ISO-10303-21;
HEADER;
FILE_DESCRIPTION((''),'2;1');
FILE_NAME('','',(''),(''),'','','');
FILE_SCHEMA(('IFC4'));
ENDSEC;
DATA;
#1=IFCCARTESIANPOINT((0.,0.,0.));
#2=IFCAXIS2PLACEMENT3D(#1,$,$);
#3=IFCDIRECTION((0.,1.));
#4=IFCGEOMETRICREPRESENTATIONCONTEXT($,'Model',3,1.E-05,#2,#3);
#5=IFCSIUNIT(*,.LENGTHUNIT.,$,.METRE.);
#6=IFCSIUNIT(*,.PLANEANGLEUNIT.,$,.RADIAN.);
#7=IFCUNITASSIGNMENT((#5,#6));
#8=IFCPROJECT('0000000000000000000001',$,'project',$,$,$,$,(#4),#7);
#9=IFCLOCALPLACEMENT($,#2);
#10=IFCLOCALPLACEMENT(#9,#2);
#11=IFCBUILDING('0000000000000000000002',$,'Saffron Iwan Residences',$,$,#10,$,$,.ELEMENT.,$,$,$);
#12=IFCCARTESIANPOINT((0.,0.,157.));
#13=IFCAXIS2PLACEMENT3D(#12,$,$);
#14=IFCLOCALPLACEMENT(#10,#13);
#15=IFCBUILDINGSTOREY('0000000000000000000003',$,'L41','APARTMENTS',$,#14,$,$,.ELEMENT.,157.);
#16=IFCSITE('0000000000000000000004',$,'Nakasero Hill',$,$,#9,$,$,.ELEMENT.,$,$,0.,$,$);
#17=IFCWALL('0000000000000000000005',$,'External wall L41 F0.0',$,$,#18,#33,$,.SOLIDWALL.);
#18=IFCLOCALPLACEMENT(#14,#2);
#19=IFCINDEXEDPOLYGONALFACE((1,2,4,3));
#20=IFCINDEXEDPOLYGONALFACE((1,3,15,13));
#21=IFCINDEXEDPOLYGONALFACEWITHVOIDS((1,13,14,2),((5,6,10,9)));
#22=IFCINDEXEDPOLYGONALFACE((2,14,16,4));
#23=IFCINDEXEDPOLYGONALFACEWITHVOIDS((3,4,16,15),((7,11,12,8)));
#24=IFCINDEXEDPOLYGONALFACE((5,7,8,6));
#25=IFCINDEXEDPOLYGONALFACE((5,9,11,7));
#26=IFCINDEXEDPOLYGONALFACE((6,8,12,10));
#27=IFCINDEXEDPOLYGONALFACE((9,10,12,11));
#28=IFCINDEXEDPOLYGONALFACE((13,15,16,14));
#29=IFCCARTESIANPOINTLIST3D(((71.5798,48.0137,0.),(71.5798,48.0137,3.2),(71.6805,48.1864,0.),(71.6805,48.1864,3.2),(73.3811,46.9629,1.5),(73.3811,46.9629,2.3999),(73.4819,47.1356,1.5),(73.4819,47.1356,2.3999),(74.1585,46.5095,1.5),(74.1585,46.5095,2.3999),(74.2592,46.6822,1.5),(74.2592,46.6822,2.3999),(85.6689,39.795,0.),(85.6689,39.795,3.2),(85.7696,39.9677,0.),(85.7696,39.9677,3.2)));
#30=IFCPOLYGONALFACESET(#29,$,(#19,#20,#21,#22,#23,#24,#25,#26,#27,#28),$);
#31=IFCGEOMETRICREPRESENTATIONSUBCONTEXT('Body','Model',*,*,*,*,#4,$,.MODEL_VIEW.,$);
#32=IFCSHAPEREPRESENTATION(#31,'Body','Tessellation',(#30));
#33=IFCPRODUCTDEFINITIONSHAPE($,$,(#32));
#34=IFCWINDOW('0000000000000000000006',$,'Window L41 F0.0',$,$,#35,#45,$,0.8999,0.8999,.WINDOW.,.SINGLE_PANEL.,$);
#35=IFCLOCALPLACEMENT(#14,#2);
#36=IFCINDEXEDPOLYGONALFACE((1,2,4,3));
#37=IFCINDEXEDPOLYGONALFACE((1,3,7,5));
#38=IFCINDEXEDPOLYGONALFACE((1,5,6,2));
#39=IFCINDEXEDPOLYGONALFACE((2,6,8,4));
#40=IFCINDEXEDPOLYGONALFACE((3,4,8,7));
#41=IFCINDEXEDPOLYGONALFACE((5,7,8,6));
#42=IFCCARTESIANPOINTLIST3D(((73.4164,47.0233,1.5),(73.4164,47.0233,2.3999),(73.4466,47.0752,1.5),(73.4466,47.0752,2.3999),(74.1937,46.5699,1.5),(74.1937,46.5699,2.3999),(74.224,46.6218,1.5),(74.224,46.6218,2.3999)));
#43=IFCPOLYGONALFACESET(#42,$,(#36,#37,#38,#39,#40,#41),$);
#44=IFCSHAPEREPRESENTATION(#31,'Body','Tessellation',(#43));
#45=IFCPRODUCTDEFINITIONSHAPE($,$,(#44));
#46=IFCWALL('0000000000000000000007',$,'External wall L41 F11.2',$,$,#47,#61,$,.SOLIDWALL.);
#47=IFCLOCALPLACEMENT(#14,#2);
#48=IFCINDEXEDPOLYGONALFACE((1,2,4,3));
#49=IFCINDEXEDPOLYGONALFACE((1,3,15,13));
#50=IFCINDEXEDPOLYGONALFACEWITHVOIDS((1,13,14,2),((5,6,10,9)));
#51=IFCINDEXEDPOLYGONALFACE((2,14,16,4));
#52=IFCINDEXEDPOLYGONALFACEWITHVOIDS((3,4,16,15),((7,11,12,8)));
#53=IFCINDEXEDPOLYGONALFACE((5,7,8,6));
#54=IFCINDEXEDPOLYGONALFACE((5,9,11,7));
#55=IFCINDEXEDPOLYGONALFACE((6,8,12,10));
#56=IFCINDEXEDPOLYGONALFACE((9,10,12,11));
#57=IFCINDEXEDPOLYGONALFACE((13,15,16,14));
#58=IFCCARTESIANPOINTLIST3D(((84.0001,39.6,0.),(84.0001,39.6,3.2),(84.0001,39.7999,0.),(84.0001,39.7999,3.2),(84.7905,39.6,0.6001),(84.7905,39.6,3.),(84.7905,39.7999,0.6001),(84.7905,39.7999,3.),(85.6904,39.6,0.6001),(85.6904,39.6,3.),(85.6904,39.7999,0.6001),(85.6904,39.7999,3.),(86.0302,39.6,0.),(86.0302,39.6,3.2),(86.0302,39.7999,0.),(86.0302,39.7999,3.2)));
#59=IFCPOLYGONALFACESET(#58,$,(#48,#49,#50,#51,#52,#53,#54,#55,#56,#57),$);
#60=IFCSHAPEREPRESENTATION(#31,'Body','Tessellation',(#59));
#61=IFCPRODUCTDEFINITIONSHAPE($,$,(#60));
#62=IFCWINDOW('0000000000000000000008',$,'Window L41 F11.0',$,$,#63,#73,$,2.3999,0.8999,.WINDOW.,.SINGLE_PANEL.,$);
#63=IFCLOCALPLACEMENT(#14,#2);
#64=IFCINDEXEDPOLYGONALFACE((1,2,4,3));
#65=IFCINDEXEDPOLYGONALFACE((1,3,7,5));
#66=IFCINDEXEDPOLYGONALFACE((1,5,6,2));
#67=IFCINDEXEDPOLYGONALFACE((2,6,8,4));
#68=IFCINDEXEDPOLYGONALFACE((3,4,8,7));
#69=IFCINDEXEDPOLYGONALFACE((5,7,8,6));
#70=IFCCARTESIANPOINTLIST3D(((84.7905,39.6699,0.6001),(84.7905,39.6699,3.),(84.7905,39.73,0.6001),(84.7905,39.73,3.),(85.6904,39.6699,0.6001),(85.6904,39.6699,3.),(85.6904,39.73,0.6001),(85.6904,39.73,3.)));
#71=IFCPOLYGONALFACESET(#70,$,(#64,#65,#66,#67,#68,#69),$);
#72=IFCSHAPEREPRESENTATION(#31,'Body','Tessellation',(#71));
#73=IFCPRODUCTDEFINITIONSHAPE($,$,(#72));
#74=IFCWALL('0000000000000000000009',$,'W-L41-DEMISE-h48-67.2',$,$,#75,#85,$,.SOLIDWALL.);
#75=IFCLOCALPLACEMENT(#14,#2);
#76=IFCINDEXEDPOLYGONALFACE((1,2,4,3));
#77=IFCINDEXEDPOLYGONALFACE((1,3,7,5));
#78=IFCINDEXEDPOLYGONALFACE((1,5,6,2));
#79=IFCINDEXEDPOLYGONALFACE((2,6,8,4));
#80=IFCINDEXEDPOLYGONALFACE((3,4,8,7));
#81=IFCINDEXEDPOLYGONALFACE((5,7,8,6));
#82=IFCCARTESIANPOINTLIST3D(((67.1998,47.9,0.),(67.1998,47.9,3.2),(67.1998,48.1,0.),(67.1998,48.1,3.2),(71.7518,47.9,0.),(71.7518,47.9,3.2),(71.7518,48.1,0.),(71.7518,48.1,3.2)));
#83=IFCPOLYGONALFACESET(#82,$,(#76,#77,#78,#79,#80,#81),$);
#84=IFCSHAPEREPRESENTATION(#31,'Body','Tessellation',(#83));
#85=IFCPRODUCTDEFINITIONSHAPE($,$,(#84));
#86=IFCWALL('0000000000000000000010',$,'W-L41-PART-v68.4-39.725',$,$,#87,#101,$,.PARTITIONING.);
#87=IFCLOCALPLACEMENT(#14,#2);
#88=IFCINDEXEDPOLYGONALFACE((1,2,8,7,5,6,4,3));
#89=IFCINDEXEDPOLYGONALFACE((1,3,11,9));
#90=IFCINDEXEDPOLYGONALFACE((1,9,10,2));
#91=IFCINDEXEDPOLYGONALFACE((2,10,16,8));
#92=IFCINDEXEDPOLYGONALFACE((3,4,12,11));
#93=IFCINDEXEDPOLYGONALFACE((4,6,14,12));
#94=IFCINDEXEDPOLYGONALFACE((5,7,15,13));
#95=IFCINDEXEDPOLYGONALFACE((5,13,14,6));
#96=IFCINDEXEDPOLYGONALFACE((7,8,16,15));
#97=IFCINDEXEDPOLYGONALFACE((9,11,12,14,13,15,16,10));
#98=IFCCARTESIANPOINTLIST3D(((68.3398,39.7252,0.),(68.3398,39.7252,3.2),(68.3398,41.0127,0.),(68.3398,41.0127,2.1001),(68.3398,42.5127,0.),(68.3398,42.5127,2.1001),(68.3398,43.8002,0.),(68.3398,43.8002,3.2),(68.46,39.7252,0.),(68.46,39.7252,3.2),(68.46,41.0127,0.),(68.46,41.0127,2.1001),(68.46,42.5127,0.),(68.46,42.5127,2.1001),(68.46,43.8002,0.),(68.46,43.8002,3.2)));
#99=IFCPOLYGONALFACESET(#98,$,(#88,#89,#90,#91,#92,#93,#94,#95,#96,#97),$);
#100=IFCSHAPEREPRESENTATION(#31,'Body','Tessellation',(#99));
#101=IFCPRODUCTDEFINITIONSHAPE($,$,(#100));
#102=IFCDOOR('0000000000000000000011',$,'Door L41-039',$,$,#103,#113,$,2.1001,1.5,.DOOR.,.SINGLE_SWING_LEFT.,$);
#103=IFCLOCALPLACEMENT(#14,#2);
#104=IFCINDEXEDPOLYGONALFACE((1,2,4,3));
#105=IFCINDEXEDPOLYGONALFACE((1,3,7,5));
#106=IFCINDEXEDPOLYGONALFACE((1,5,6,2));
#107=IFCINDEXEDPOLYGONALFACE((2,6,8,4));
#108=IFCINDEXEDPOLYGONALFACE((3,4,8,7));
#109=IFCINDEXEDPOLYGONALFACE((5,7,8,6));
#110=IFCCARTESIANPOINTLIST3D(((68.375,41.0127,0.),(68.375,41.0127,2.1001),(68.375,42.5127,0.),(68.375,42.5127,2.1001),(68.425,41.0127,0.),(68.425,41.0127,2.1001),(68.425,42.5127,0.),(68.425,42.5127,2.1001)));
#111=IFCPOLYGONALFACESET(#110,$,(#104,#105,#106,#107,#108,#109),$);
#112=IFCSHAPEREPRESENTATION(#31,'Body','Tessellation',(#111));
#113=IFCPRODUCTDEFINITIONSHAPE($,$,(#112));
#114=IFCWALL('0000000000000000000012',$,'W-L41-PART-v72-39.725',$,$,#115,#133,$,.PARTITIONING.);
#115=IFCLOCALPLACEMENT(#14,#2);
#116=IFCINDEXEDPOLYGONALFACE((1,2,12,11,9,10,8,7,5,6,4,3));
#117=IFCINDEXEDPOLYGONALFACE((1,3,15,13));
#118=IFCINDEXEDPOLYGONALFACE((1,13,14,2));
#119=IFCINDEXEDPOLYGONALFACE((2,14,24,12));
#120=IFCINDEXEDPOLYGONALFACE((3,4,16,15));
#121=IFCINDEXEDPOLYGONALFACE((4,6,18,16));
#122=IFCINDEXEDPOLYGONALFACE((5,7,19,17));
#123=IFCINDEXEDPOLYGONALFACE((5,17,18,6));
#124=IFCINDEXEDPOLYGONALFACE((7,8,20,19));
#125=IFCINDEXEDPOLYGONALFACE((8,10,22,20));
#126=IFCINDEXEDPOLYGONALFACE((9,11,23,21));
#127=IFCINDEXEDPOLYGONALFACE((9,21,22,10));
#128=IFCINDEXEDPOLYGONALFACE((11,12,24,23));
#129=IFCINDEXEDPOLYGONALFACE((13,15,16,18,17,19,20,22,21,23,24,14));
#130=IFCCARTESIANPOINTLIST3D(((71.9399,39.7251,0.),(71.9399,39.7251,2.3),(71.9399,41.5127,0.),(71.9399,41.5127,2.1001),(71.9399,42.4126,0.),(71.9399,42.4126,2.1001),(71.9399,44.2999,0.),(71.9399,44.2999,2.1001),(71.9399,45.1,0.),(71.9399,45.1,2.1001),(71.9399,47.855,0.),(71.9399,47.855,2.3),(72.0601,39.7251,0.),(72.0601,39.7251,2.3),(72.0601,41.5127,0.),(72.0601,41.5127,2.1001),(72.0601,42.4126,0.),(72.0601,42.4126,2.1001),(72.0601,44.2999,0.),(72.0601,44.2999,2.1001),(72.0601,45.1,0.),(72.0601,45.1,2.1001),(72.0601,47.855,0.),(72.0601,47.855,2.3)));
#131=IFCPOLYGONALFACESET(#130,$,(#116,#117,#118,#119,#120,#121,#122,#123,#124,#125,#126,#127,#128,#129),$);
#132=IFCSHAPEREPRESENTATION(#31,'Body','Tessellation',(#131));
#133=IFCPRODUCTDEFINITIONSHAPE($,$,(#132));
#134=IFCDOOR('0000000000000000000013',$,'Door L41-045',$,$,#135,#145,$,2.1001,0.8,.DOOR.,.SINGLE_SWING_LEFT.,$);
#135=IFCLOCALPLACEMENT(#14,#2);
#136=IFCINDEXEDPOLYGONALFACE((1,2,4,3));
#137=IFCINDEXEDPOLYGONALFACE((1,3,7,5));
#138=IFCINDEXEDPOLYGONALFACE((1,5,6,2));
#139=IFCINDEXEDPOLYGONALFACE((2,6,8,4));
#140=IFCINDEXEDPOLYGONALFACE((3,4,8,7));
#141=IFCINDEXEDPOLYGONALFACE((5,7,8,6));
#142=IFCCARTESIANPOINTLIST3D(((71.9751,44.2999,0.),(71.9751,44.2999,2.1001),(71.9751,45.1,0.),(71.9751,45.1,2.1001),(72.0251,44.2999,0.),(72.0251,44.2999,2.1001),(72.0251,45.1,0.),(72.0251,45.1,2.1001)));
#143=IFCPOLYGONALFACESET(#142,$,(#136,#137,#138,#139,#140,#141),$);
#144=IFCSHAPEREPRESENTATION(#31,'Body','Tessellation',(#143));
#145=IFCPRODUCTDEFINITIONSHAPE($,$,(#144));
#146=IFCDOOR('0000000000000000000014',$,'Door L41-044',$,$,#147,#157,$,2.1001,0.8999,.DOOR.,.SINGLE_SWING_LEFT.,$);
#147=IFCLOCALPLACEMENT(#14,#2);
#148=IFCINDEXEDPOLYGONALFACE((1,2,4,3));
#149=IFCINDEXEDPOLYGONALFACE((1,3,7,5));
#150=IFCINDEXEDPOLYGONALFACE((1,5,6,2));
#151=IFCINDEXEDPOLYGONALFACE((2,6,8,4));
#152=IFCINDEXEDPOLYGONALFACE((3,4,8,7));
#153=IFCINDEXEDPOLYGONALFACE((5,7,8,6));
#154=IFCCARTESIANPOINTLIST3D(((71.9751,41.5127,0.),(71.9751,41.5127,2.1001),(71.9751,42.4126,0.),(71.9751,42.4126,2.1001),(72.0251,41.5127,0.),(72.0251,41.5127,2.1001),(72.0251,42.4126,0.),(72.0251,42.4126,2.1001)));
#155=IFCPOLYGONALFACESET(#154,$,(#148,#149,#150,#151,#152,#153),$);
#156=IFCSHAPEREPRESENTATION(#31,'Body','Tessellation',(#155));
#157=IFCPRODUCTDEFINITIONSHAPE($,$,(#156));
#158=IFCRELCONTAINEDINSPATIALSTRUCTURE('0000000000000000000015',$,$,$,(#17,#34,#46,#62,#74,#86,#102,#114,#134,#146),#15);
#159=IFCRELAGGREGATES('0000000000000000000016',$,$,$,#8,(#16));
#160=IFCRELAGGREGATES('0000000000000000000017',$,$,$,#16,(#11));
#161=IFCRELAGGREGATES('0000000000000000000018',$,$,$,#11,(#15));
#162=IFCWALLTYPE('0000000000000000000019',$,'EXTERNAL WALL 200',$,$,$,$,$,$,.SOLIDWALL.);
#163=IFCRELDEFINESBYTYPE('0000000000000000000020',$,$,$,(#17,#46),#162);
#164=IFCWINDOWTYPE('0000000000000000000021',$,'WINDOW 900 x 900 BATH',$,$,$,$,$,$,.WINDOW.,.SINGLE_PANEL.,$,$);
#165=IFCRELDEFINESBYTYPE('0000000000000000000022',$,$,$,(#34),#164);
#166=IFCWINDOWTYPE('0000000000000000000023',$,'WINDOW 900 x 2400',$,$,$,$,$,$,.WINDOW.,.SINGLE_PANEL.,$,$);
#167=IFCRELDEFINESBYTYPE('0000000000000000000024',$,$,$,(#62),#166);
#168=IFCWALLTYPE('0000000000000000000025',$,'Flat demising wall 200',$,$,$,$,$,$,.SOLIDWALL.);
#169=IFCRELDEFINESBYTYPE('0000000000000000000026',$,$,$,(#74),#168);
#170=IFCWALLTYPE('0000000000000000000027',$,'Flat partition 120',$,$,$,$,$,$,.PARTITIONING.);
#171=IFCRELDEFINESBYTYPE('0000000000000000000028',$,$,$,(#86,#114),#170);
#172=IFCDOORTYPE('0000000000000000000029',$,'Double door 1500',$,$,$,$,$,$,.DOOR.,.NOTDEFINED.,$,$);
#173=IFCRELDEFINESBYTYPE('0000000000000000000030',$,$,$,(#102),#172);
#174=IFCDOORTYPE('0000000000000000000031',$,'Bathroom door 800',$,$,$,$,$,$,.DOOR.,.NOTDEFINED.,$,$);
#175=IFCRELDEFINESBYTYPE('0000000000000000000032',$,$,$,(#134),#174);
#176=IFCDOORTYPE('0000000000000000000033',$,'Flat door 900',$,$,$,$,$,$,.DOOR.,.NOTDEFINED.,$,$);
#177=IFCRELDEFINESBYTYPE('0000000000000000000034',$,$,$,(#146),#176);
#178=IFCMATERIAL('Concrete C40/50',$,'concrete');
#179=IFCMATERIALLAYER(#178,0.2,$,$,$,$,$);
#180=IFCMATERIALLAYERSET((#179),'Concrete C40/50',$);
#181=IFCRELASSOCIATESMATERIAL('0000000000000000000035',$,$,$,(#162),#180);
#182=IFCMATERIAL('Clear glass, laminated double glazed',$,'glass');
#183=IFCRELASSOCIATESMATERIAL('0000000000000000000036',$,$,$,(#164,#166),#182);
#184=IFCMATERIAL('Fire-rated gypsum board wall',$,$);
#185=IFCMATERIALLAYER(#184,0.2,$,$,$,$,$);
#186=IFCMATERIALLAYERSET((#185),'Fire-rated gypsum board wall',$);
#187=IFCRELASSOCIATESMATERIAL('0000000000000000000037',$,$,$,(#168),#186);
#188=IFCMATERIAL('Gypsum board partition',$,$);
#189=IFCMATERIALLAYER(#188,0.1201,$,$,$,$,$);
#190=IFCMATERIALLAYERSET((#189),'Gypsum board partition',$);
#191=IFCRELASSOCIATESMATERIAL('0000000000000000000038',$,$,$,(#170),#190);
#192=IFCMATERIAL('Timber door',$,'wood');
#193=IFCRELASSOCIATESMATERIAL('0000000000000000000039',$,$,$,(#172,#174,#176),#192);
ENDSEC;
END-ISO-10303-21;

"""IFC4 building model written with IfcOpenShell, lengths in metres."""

from ifc_helpers import new_model, si_unit, direction, frame, frame_2d, origin, place, context, subcontext, project, spatial, rectangle, extrude, material, layer, layer_set, type_object, element, fill, save


model = new_model("IFC4")

# Units and contexts
model_context = context("Model", 3, precision=1e-05, world=origin(), true_north=direction((0.0, 1.0)))
body_context = subcontext(model_context, "Body", "Model", "MODEL_VIEW")
ifc_project = project(units=[si_unit("LENGTHUNIT", "METRE"), si_unit("PLANEANGLEUNIT", "RADIAN")], contexts=[model_context])

# Site, building, storey
site_placement = place(None, origin())
site = spatial("IfcSite", under=ifc_project, at=site_placement, Name="Nakasero Hill", CompositionType="ELEMENT", RefElevation=0.0)
building_placement = place(site_placement, origin())
building = spatial("IfcBuilding", under=site, at=building_placement, Name="Saffron Iwan Residences", CompositionType="ELEMENT")
storey_placement = place(building_placement, frame((0.0, 0.0, 157.0)))
storey = spatial("IfcBuildingStorey", under=building, at=storey_placement, Name="L41", Description="APARTMENTS", CompositionType="ELEMENT", Elevation=157.0)

# Walls, openings, windows
ifc_material_1 = material(Name="Concrete C40/50", Category="concrete")
ifc_layer_1 = layer(ifc_material_1, 0.2)
ifc_layer_set_1 = layer_set([ifc_layer_1], Name="Concrete C40/50")
wall_type_1 = type_object("IfcWallType", Name="EXTERNAL WALL 200", PredefinedType="SOLIDWALL", material=ifc_layer_set_1)
wall_1_placement = place(storey_placement, frame((85.7192, 39.8813, 0.0), z_axis=(0.0, 0.0, 1.0), x_axis=(-0.863776, 0.503876, 0.0)))
wall_1 = element("IfcWall", 1, at=wall_1_placement, inside=storey, type_object=wall_type_1, Name="External wall L41 F0.0", PredefinedType="SOLIDWALL", context=body_context, shape_type="SweptSolid", body=[
    extrude(rectangle(XDim=16.311, YDim=0.2, at=frame_2d((8.1555, 0.0))), origin(), (0.0, 0.0, 1.0), 3.2),
])
opening_1_placement = place(wall_1_placement, frame((13.3257, 0.0, 1.5)))
opening_1 = element("IfcOpeningElement", 2, at=opening_1_placement, cuts=wall_1, PredefinedType="OPENING", context=body_context, shape_type="SweptSolid", body=[
    extrude(rectangle(XDim=0.8999, YDim=0.8999, at=frame_2d((0.45, 0.45))), frame((0.0, 0.1099, 0.0), z_axis=(0.0, -1.0, 0.0), x_axis=(1.0, 0.0, 0.0)), (0.0, 0.0, 1.0), 0.22),
])
ifc_material_2 = material(Name="Clear glass, laminated double glazed", Category="glass")
window_type_1 = type_object("IfcWindowType", Name="WINDOW 900 x 900 BATH", PartitioningType="SINGLE_PANEL", PredefinedType="WINDOW", material=ifc_material_2)
window_1_placement = place(opening_1_placement, origin())
window_1 = element("IfcWindow", 3, at=window_1_placement, inside=storey, type_object=window_type_1, Name="Window L41 F0.0", OverallHeight=0.8999, OverallWidth=0.8999, PartitioningType="SINGLE_PANEL", PredefinedType="WINDOW", context=body_context, shape_type="SweptSolid", body=[
    extrude(rectangle(XDim=0.8999, YDim=0.8999, at=frame_2d((0.45, 0.45))), frame((0.0, 0.03, 0.0), z_axis=(0.0, -1.0, 0.0), x_axis=(1.0, 0.0, 0.0)), (0.0, 0.0, 1.0), 0.0601),
])
fill(opening_1, window_1)
wall_2_placement = place(storey_placement, frame((84.0, 39.7, 0.0), z_axis=(0.0, 0.0, 1.0), x_axis=(1.0, 0.0, 0.0)))
wall_2 = element("IfcWall", 4, at=wall_2_placement, inside=storey, type_object=wall_type_1, Name="External wall L41 F11.2", PredefinedType="SOLIDWALL", context=body_context, shape_type="SweptSolid", body=[
    extrude(rectangle(XDim=2.03, YDim=0.2, at=frame_2d((1.0151, 0.0))), origin(), (0.0, 0.0, 1.0), 3.2),
])
opening_2_placement = place(wall_2_placement, frame((0.7905, 0.0, 0.6001)))
opening_2 = element("IfcOpeningElement", 5, at=opening_2_placement, cuts=wall_2, PredefinedType="OPENING", context=body_context, shape_type="SweptSolid", body=[
    extrude(rectangle(XDim=0.8999, YDim=2.3999, at=frame_2d((0.45, 1.2))), frame((0.0, 0.1099, 0.0), z_axis=(0.0, -1.0, 0.0), x_axis=(1.0, 0.0, 0.0)), (0.0, 0.0, 1.0), 0.22),
])
window_type_2 = type_object("IfcWindowType", Name="WINDOW 900 x 2400", PartitioningType="SINGLE_PANEL", PredefinedType="WINDOW", material=ifc_material_2)
window_2_placement = place(opening_2_placement, origin())
window_2 = element("IfcWindow", 6, at=window_2_placement, inside=storey, type_object=window_type_2, Name="Window L41 F11.0", OverallHeight=2.3999, OverallWidth=0.8999, PartitioningType="SINGLE_PANEL", PredefinedType="WINDOW", context=body_context, shape_type="SweptSolid", body=[
    extrude(rectangle(XDim=0.8999, YDim=2.3999, at=frame_2d((0.45, 1.2))), frame((0.0, 0.03, 0.0), z_axis=(0.0, -1.0, 0.0), x_axis=(1.0, 0.0, 0.0)), (0.0, 0.0, 1.0), 0.0601),
])
fill(opening_2, window_2)

# Wall
ifc_material_3 = material(Name="Fire-rated gypsum board wall")
ifc_layer_2 = layer(ifc_material_3, 0.2)
ifc_layer_set_2 = layer_set([ifc_layer_2], Name="Fire-rated gypsum board wall")
wall_type_2 = type_object("IfcWallType", Name="Flat demising wall 200", PredefinedType="SOLIDWALL", material=ifc_layer_set_2)
wall_3_placement = place(storey_placement, frame((67.2, 48.0, 0.0), z_axis=(0.0, 0.0, 1.0), x_axis=(1.0, 0.0, 0.0)))
element("IfcWall", 7, at=wall_3_placement, inside=storey, type_object=wall_type_2, Name="W-L41-DEMISE-h48-67.2", PredefinedType="SOLIDWALL", context=body_context, shape_type="SweptSolid", body=[
    extrude(rectangle(XDim=4.552, YDim=0.2, at=frame_2d((2.2759, 0.0))), origin(), (0.0, 0.0, 1.0), 3.2),
])

# Wall, opening, door
ifc_material_4 = material(Name="Gypsum board partition")
ifc_layer_3 = layer(ifc_material_4, 0.1201)
ifc_layer_set_3 = layer_set([ifc_layer_3], Name="Gypsum board partition")
wall_type_3 = type_object("IfcWallType", Name="Flat partition 120", PredefinedType="PARTITIONING", material=ifc_layer_set_3)
wall_4_placement = place(storey_placement, frame((68.3999, 39.7251, 0.0), z_axis=(0.0, 0.0, 1.0), x_axis=(0.0, 1.0, 0.0)))
wall_4 = element("IfcWall", 8, at=wall_4_placement, inside=storey, type_object=wall_type_3, Name="W-L41-PART-v68.4-39.725", PredefinedType="PARTITIONING", context=body_context, shape_type="SweptSolid", body=[
    extrude(rectangle(XDim=4.075, YDim=0.1201, at=frame_2d((2.0376, 0.0))), origin(), (0.0, 0.0, 1.0), 3.2),
])
opening_3_placement = place(wall_4_placement, frame((1.2876, 0.0, 0.0)))
opening_3 = element("IfcOpeningElement", 9, at=opening_3_placement, cuts=wall_4, PredefinedType="OPENING", context=body_context, shape_type="SweptSolid", body=[
    extrude(rectangle(XDim=1.5, YDim=2.1001, at=frame_2d((0.75, 1.05))), frame((0.0, 0.0701, 0.0), z_axis=(0.0, -1.0, 0.0), x_axis=(1.0, 0.0, 0.0)), (0.0, 0.0, 1.0), 0.1401),
])
ifc_material_5 = material(Name="Timber door", Category="wood")
door_type_1 = type_object("IfcDoorType", Name="Double door 1500", OperationType="NOTDEFINED", PredefinedType="DOOR", material=ifc_material_5)
door_1_placement = place(opening_3_placement, origin())
door_1 = element("IfcDoor", 10, at=door_1_placement, inside=storey, type_object=door_type_1, Name="Door L41-039", OperationType="SINGLE_SWING_LEFT", OverallHeight=2.1001, OverallWidth=1.5, PredefinedType="DOOR", context=body_context, shape_type="SweptSolid", body=[
    extrude(rectangle(XDim=1.5, YDim=2.1001, at=frame_2d((0.75, 1.05))), frame((0.0, 0.0249, 0.0), z_axis=(0.0, -1.0, 0.0), x_axis=(1.0, 0.0, 0.0)), (0.0, 0.0, 1.0), 0.05),
])
fill(opening_3, door_1)

# Wall, openings, doors
wall_5_placement = place(storey_placement, frame((72.0, 39.7251, 0.0), z_axis=(0.0, 0.0, 1.0), x_axis=(0.0, 1.0, 0.0)))
wall_5 = element("IfcWall", 11, at=wall_5_placement, inside=storey, type_object=wall_type_3, Name="W-L41-PART-v72-39.725", PredefinedType="PARTITIONING", context=body_context, shape_type="SweptSolid", body=[
    extrude(rectangle(XDim=8.1299, YDim=0.1201, at=frame_2d((4.0649, 0.0))), origin(), (0.0, 0.0, 1.0), 2.3),
])
opening_4_placement = place(wall_5_placement, frame((1.7876, 0.0, 0.0)))
opening_4 = element("IfcOpeningElement", 12, at=opening_4_placement, cuts=wall_5, PredefinedType="OPENING", context=body_context, shape_type="SweptSolid", body=[
    extrude(rectangle(XDim=0.8999, YDim=2.1001, at=frame_2d((0.45, 1.05))), frame((0.0, 0.0701, 0.0), z_axis=(0.0, -1.0, 0.0), x_axis=(1.0, 0.0, 0.0)), (0.0, 0.0, 1.0), 0.1401),
])
opening_5_placement = place(wall_5_placement, frame((4.575, 0.0, 0.0)))
opening_5 = element("IfcOpeningElement", 13, at=opening_5_placement, cuts=wall_5, PredefinedType="OPENING", context=body_context, shape_type="SweptSolid", body=[
    extrude(rectangle(XDim=0.8, YDim=2.1001, at=frame_2d((0.3999, 1.05))), frame((0.0, 0.0701, 0.0), z_axis=(0.0, -1.0, 0.0), x_axis=(1.0, 0.0, 0.0)), (0.0, 0.0, 1.0), 0.1401),
])
door_type_2 = type_object("IfcDoorType", Name="Bathroom door 800", OperationType="NOTDEFINED", PredefinedType="DOOR", material=ifc_material_5)
door_2_placement = place(opening_5_placement, origin())
door_2 = element("IfcDoor", 14, at=door_2_placement, inside=storey, type_object=door_type_2, Name="Door L41-045", OperationType="SINGLE_SWING_LEFT", OverallHeight=2.1001, OverallWidth=0.8, PredefinedType="DOOR", context=body_context, shape_type="SweptSolid", body=[
    extrude(rectangle(XDim=0.8, YDim=2.1001, at=frame_2d((0.3999, 1.05))), frame((0.0, 0.0249, 0.0), z_axis=(0.0, -1.0, 0.0), x_axis=(1.0, 0.0, 0.0)), (0.0, 0.0, 1.0), 0.05),
])
fill(opening_5, door_2)
door_type_3 = type_object("IfcDoorType", Name="Flat door 900", OperationType="NOTDEFINED", PredefinedType="DOOR", material=ifc_material_5)
door_3_placement = place(opening_4_placement, origin())
door_3 = element("IfcDoor", 15, at=door_3_placement, inside=storey, type_object=door_type_3, Name="Door L41-044", OperationType="SINGLE_SWING_LEFT", OverallHeight=2.1001, OverallWidth=0.8999, PredefinedType="DOOR", context=body_context, shape_type="SweptSolid", body=[
    extrude(rectangle(XDim=0.8999, YDim=2.1001, at=frame_2d((0.45, 1.05))), frame((0.0, 0.0249, 0.0), z_axis=(0.0, -1.0, 0.0), x_axis=(1.0, 0.0, 0.0)), (0.0, 0.0, 1.0), 0.05),
])
fill(opening_4, door_3)

save(model, "model.ifc")
